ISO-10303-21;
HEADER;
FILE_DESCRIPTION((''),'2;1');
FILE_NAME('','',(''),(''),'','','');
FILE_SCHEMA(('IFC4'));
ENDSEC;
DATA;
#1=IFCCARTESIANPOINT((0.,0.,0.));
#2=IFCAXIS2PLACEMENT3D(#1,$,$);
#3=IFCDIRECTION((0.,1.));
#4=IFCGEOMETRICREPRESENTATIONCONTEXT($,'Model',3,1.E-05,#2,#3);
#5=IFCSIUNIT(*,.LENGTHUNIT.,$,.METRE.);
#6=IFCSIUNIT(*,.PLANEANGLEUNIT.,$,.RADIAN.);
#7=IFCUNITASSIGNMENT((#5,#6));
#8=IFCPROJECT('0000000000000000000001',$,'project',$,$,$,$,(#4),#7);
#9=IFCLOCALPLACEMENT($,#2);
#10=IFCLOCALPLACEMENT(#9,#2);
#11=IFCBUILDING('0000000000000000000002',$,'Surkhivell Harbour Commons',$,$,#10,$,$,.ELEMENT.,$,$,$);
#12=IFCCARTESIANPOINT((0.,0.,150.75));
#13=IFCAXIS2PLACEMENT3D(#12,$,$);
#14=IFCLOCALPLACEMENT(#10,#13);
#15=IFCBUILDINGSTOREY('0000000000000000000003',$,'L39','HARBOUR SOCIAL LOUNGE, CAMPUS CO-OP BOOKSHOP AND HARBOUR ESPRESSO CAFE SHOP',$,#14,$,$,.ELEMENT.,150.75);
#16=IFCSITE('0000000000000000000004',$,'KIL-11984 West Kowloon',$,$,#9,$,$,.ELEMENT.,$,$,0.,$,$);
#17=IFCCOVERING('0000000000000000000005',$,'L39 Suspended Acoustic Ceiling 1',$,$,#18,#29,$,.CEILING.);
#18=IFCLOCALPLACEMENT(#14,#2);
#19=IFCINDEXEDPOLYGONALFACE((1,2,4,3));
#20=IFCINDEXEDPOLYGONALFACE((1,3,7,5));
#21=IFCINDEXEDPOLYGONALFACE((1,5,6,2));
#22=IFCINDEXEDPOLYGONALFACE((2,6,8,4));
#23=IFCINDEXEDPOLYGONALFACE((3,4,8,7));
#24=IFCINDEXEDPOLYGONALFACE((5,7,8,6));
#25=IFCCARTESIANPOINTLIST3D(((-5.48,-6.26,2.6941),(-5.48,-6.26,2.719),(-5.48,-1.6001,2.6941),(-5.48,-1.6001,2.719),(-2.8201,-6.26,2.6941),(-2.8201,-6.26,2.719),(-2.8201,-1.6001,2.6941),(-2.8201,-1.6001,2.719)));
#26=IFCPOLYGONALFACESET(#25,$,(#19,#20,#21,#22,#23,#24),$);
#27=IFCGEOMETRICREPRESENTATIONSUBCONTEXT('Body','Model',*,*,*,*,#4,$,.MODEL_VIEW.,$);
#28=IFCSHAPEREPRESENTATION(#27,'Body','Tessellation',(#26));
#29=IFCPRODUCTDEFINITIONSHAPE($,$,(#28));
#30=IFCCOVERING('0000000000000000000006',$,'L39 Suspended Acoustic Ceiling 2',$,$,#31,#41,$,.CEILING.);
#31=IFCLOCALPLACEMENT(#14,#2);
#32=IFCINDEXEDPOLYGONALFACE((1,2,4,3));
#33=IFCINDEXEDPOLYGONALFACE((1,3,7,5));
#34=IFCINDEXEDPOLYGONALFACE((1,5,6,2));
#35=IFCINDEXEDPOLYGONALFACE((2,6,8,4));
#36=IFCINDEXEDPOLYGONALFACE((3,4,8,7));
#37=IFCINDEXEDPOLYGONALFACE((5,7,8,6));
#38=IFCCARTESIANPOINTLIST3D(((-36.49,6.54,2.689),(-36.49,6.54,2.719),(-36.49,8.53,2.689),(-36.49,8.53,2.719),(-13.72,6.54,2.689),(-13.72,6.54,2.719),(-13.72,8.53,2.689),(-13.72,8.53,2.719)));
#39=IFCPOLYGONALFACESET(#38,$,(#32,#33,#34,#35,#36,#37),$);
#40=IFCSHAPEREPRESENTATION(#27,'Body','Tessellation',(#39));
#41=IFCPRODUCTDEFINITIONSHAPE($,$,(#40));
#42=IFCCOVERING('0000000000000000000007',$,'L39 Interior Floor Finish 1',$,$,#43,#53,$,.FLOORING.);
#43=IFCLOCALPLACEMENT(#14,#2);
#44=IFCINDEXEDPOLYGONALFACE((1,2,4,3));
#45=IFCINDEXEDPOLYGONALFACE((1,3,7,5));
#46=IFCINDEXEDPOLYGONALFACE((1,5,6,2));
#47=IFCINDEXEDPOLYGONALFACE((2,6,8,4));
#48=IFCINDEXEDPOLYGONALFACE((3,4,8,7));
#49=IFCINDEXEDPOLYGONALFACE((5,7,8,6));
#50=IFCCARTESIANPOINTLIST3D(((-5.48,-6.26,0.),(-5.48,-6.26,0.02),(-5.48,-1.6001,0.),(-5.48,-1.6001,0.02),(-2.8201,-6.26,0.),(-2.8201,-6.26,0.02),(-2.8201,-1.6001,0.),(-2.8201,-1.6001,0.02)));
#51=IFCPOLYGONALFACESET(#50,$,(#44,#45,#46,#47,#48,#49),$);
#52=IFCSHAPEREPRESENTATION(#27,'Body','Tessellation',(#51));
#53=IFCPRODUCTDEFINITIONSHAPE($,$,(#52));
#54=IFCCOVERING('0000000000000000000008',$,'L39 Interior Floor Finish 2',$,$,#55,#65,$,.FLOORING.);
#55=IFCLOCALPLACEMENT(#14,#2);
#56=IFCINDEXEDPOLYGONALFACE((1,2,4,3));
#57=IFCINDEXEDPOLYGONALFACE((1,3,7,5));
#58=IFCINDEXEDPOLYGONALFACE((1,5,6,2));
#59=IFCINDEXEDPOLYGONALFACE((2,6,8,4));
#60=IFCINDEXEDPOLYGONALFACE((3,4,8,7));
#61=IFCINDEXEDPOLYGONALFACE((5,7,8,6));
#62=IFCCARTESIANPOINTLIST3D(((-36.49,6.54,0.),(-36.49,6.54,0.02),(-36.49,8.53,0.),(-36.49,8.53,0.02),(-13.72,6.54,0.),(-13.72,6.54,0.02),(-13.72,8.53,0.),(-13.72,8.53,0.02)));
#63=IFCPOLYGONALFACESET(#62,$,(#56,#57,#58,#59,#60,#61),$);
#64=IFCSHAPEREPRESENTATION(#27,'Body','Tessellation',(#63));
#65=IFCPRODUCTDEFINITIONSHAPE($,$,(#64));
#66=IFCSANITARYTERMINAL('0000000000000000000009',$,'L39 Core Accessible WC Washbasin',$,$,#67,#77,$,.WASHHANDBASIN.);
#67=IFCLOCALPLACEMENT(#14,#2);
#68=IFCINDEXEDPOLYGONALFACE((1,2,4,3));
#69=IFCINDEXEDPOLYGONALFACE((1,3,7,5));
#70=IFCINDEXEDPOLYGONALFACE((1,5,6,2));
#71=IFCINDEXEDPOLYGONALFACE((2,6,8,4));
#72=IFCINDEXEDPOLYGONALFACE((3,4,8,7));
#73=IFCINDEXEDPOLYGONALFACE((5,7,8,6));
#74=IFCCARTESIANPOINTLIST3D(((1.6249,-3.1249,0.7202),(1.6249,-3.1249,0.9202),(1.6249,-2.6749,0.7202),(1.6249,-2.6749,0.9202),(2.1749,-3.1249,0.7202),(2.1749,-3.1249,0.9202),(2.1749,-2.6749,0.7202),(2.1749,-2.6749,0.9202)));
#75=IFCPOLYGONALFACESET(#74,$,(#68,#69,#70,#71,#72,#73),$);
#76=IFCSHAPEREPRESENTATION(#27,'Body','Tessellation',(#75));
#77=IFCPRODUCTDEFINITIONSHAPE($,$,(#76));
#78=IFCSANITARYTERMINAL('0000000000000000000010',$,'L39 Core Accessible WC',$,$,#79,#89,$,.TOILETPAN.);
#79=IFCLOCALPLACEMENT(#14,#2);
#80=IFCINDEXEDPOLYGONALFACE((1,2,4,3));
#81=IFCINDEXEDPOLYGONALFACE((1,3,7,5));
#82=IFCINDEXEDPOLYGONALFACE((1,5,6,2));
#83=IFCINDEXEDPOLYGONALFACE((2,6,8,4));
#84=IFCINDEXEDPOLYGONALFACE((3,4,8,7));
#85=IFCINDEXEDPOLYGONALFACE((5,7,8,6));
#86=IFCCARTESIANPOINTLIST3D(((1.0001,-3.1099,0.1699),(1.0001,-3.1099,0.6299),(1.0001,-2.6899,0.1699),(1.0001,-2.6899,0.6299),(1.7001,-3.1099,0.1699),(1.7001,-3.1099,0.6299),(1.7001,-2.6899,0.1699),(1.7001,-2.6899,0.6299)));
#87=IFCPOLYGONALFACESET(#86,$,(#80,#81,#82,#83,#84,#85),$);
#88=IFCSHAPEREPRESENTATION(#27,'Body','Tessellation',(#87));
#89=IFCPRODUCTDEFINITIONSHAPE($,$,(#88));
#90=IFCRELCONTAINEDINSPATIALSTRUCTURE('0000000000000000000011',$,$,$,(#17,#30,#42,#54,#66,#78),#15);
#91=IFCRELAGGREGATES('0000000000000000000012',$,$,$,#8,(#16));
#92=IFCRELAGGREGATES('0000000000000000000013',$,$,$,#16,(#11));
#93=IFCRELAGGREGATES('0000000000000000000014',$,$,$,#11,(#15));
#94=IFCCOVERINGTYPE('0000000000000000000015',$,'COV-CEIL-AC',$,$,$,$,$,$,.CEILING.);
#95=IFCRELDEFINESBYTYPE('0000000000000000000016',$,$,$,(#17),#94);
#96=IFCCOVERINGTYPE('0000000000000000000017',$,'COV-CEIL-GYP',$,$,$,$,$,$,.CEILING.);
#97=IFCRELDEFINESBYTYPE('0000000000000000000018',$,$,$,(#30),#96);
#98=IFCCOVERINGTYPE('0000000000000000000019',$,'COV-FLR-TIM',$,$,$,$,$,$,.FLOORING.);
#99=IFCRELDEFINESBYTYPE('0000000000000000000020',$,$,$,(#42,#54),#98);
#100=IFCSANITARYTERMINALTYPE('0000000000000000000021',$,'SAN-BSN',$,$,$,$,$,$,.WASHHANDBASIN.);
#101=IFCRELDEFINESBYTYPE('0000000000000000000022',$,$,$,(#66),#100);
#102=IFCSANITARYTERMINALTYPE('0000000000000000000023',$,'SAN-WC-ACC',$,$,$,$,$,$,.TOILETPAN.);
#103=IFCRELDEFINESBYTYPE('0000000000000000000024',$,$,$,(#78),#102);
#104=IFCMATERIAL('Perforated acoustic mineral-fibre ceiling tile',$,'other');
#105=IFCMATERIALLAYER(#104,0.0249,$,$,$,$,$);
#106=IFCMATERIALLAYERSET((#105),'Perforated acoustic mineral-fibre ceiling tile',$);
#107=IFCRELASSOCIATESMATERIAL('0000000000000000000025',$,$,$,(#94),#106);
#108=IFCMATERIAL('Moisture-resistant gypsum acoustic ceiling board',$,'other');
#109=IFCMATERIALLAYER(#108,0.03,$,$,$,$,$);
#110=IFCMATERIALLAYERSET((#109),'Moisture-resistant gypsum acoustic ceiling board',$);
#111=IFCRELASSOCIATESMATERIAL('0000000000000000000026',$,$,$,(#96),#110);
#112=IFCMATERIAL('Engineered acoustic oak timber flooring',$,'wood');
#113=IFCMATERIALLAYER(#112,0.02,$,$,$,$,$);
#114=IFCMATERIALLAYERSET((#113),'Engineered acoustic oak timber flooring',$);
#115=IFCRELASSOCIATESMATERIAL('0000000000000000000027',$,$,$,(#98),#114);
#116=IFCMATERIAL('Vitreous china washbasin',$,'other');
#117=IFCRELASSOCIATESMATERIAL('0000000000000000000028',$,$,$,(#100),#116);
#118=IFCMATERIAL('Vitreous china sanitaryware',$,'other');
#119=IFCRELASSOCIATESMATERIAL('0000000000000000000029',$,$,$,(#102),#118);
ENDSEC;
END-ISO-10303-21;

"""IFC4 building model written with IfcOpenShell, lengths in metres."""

from ifc_helpers import new_model, si_unit, direction, frame, origin, origin_2d, place, context, subcontext, project, spatial, polyline, rectangle, outline, extrude, material, layer, layer_set, type_object, element, save


model = new_model("IFC4")

# Units and contexts
model_context = context("Model", 3, precision=1e-05, world=origin(), true_north=direction((0.0, 1.0)))
body_context = subcontext(model_context, "Body", "Model", "MODEL_VIEW")
ifc_project = project(units=[si_unit("LENGTHUNIT", "METRE"), si_unit("PLANEANGLEUNIT", "RADIAN")], contexts=[model_context])

# Site, building, storey
site_placement = place(None, origin())
site = spatial("IfcSite", under=ifc_project, at=site_placement, Name="KIL-11984 West Kowloon", CompositionType="ELEMENT", RefElevation=0.0)
building_placement = place(site_placement, origin())
building = spatial("IfcBuilding", under=site, at=building_placement, Name="Surkhivell Harbour Commons", CompositionType="ELEMENT")
storey_placement = place(building_placement, frame((0.0, 0.0, 150.75)))
storey = spatial("IfcBuildingStorey", under=building, at=storey_placement, Name="L39", Description="HARBOUR SOCIAL LOUNGE, CAMPUS CO-OP BOOKSHOP AND HARBOUR ESPRESSO CAFE SHOP", CompositionType="ELEMENT", Elevation=150.75)

# Coverings
ifc_material_1 = material(Name="Perforated acoustic mineral-fibre ceiling tile", Category="other")
ifc_layer_1 = layer(ifc_material_1, 0.0249)
ifc_layer_set_1 = layer_set([ifc_layer_1], Name="Perforated acoustic mineral-fibre ceiling tile")
covering_type_1 = type_object("IfcCoveringType", Name="COV-CEIL-AC", PredefinedType="CEILING", material=ifc_layer_set_1)
covering_1_placement = place(storey_placement, frame((0.0, 0.0, 2.6941)))
element("IfcCovering", 1, at=covering_1_placement, inside=storey, type_object=covering_type_1, Name="L39 Suspended Acoustic Ceiling 1", PredefinedType="CEILING", context=body_context, shape_type="SweptSolid", body=[
    extrude(outline(polyline([(-5.48, -6.26), (-2.8201, -6.26), (-2.8201, -1.6001), (-5.48, -1.6001), (-5.48, -6.26)])), origin(), (0.0, 0.0, 1.0), 0.0249),
])
ifc_material_2 = material(Name="Moisture-resistant gypsum acoustic ceiling board", Category="other")
ifc_layer_2 = layer(ifc_material_2, 0.03)
ifc_layer_set_2 = layer_set([ifc_layer_2], Name="Moisture-resistant gypsum acoustic ceiling board")
covering_type_2 = type_object("IfcCoveringType", Name="COV-CEIL-GYP", PredefinedType="CEILING", material=ifc_layer_set_2)
covering_2_placement = place(storey_placement, frame((0.0, 0.0, 2.689)))
element("IfcCovering", 2, at=covering_2_placement, inside=storey, type_object=covering_type_2, Name="L39 Suspended Acoustic Ceiling 2", PredefinedType="CEILING", context=body_context, shape_type="SweptSolid", body=[
    extrude(outline(polyline([(-13.72, 6.54), (-13.72, 8.53), (-36.49, 8.53), (-36.49, 6.54), (-13.72, 6.54)])), origin(), (0.0, 0.0, 1.0), 0.03),
])
ifc_material_3 = material(Name="Engineered acoustic oak timber flooring", Category="wood")
ifc_layer_3 = layer(ifc_material_3, 0.02)
ifc_layer_set_3 = layer_set([ifc_layer_3], Name="Engineered acoustic oak timber flooring")
covering_type_3 = type_object("IfcCoveringType", Name="COV-FLR-TIM", PredefinedType="FLOORING", material=ifc_layer_set_3)
covering_3_placement = place(storey_placement, origin())
element("IfcCovering", 3, at=covering_3_placement, inside=storey, type_object=covering_type_3, Name="L39 Interior Floor Finish 1", PredefinedType="FLOORING", context=body_context, shape_type="SweptSolid", body=[
    extrude(outline(polyline([(-5.48, -6.26), (-2.8201, -6.26), (-2.8201, -1.6001), (-5.48, -1.6001), (-5.48, -6.26)])), origin(), (0.0, 0.0, 1.0), 0.02),
])
covering_4_placement = place(storey_placement, origin())
element("IfcCovering", 4, at=covering_4_placement, inside=storey, type_object=covering_type_3, Name="L39 Interior Floor Finish 2", PredefinedType="FLOORING", context=body_context, shape_type="SweptSolid", body=[
    extrude(outline(polyline([(-13.72, 6.54), (-13.72, 8.53), (-36.49, 8.53), (-36.49, 6.54), (-13.72, 6.54)])), origin(), (0.0, 0.0, 1.0), 0.02),
])

# Sanitary terminals
ifc_material_4 = material(Name="Vitreous china washbasin", Category="other")
sanitary_terminal_type_1 = type_object("IfcSanitaryTerminalType", Name="SAN-BSN", PredefinedType="WASHHANDBASIN", material=ifc_material_4)
sanitary_terminal_1_placement = place(storey_placement, frame((1.8999, -2.8999, 0.7202), z_axis=(0.0, 0.0, 1.0), x_axis=(1.0, 0.0, 0.0)))
element("IfcSanitaryTerminal", 5, at=sanitary_terminal_1_placement, inside=storey, type_object=sanitary_terminal_type_1, Name="L39 Core Accessible WC Washbasin", PredefinedType="WASHHANDBASIN", context=body_context, shape_type="SweptSolid", body=[
    extrude(rectangle(XDim=0.55, YDim=0.45, at=origin_2d()), origin(), (0.0, 0.0, 1.0), 0.2),
])
ifc_material_5 = material(Name="Vitreous china sanitaryware", Category="other")
sanitary_terminal_type_2 = type_object("IfcSanitaryTerminalType", Name="SAN-WC-ACC", PredefinedType="TOILETPAN", material=ifc_material_5)
sanitary_terminal_2_placement = place(storey_placement, frame((1.3501, -2.8999, 0.1699), z_axis=(0.0, 0.0, 1.0), x_axis=(1.0, 0.0, 0.0)))
element("IfcSanitaryTerminal", 6, at=sanitary_terminal_2_placement, inside=storey, type_object=sanitary_terminal_type_2, Name="L39 Core Accessible WC", PredefinedType="TOILETPAN", context=body_context, shape_type="SweptSolid", body=[
    extrude(rectangle(XDim=0.7, YDim=0.4199, at=origin_2d()), origin(), (0.0, 0.0, 1.0), 0.46),
])

save(model, "model.ifc")
